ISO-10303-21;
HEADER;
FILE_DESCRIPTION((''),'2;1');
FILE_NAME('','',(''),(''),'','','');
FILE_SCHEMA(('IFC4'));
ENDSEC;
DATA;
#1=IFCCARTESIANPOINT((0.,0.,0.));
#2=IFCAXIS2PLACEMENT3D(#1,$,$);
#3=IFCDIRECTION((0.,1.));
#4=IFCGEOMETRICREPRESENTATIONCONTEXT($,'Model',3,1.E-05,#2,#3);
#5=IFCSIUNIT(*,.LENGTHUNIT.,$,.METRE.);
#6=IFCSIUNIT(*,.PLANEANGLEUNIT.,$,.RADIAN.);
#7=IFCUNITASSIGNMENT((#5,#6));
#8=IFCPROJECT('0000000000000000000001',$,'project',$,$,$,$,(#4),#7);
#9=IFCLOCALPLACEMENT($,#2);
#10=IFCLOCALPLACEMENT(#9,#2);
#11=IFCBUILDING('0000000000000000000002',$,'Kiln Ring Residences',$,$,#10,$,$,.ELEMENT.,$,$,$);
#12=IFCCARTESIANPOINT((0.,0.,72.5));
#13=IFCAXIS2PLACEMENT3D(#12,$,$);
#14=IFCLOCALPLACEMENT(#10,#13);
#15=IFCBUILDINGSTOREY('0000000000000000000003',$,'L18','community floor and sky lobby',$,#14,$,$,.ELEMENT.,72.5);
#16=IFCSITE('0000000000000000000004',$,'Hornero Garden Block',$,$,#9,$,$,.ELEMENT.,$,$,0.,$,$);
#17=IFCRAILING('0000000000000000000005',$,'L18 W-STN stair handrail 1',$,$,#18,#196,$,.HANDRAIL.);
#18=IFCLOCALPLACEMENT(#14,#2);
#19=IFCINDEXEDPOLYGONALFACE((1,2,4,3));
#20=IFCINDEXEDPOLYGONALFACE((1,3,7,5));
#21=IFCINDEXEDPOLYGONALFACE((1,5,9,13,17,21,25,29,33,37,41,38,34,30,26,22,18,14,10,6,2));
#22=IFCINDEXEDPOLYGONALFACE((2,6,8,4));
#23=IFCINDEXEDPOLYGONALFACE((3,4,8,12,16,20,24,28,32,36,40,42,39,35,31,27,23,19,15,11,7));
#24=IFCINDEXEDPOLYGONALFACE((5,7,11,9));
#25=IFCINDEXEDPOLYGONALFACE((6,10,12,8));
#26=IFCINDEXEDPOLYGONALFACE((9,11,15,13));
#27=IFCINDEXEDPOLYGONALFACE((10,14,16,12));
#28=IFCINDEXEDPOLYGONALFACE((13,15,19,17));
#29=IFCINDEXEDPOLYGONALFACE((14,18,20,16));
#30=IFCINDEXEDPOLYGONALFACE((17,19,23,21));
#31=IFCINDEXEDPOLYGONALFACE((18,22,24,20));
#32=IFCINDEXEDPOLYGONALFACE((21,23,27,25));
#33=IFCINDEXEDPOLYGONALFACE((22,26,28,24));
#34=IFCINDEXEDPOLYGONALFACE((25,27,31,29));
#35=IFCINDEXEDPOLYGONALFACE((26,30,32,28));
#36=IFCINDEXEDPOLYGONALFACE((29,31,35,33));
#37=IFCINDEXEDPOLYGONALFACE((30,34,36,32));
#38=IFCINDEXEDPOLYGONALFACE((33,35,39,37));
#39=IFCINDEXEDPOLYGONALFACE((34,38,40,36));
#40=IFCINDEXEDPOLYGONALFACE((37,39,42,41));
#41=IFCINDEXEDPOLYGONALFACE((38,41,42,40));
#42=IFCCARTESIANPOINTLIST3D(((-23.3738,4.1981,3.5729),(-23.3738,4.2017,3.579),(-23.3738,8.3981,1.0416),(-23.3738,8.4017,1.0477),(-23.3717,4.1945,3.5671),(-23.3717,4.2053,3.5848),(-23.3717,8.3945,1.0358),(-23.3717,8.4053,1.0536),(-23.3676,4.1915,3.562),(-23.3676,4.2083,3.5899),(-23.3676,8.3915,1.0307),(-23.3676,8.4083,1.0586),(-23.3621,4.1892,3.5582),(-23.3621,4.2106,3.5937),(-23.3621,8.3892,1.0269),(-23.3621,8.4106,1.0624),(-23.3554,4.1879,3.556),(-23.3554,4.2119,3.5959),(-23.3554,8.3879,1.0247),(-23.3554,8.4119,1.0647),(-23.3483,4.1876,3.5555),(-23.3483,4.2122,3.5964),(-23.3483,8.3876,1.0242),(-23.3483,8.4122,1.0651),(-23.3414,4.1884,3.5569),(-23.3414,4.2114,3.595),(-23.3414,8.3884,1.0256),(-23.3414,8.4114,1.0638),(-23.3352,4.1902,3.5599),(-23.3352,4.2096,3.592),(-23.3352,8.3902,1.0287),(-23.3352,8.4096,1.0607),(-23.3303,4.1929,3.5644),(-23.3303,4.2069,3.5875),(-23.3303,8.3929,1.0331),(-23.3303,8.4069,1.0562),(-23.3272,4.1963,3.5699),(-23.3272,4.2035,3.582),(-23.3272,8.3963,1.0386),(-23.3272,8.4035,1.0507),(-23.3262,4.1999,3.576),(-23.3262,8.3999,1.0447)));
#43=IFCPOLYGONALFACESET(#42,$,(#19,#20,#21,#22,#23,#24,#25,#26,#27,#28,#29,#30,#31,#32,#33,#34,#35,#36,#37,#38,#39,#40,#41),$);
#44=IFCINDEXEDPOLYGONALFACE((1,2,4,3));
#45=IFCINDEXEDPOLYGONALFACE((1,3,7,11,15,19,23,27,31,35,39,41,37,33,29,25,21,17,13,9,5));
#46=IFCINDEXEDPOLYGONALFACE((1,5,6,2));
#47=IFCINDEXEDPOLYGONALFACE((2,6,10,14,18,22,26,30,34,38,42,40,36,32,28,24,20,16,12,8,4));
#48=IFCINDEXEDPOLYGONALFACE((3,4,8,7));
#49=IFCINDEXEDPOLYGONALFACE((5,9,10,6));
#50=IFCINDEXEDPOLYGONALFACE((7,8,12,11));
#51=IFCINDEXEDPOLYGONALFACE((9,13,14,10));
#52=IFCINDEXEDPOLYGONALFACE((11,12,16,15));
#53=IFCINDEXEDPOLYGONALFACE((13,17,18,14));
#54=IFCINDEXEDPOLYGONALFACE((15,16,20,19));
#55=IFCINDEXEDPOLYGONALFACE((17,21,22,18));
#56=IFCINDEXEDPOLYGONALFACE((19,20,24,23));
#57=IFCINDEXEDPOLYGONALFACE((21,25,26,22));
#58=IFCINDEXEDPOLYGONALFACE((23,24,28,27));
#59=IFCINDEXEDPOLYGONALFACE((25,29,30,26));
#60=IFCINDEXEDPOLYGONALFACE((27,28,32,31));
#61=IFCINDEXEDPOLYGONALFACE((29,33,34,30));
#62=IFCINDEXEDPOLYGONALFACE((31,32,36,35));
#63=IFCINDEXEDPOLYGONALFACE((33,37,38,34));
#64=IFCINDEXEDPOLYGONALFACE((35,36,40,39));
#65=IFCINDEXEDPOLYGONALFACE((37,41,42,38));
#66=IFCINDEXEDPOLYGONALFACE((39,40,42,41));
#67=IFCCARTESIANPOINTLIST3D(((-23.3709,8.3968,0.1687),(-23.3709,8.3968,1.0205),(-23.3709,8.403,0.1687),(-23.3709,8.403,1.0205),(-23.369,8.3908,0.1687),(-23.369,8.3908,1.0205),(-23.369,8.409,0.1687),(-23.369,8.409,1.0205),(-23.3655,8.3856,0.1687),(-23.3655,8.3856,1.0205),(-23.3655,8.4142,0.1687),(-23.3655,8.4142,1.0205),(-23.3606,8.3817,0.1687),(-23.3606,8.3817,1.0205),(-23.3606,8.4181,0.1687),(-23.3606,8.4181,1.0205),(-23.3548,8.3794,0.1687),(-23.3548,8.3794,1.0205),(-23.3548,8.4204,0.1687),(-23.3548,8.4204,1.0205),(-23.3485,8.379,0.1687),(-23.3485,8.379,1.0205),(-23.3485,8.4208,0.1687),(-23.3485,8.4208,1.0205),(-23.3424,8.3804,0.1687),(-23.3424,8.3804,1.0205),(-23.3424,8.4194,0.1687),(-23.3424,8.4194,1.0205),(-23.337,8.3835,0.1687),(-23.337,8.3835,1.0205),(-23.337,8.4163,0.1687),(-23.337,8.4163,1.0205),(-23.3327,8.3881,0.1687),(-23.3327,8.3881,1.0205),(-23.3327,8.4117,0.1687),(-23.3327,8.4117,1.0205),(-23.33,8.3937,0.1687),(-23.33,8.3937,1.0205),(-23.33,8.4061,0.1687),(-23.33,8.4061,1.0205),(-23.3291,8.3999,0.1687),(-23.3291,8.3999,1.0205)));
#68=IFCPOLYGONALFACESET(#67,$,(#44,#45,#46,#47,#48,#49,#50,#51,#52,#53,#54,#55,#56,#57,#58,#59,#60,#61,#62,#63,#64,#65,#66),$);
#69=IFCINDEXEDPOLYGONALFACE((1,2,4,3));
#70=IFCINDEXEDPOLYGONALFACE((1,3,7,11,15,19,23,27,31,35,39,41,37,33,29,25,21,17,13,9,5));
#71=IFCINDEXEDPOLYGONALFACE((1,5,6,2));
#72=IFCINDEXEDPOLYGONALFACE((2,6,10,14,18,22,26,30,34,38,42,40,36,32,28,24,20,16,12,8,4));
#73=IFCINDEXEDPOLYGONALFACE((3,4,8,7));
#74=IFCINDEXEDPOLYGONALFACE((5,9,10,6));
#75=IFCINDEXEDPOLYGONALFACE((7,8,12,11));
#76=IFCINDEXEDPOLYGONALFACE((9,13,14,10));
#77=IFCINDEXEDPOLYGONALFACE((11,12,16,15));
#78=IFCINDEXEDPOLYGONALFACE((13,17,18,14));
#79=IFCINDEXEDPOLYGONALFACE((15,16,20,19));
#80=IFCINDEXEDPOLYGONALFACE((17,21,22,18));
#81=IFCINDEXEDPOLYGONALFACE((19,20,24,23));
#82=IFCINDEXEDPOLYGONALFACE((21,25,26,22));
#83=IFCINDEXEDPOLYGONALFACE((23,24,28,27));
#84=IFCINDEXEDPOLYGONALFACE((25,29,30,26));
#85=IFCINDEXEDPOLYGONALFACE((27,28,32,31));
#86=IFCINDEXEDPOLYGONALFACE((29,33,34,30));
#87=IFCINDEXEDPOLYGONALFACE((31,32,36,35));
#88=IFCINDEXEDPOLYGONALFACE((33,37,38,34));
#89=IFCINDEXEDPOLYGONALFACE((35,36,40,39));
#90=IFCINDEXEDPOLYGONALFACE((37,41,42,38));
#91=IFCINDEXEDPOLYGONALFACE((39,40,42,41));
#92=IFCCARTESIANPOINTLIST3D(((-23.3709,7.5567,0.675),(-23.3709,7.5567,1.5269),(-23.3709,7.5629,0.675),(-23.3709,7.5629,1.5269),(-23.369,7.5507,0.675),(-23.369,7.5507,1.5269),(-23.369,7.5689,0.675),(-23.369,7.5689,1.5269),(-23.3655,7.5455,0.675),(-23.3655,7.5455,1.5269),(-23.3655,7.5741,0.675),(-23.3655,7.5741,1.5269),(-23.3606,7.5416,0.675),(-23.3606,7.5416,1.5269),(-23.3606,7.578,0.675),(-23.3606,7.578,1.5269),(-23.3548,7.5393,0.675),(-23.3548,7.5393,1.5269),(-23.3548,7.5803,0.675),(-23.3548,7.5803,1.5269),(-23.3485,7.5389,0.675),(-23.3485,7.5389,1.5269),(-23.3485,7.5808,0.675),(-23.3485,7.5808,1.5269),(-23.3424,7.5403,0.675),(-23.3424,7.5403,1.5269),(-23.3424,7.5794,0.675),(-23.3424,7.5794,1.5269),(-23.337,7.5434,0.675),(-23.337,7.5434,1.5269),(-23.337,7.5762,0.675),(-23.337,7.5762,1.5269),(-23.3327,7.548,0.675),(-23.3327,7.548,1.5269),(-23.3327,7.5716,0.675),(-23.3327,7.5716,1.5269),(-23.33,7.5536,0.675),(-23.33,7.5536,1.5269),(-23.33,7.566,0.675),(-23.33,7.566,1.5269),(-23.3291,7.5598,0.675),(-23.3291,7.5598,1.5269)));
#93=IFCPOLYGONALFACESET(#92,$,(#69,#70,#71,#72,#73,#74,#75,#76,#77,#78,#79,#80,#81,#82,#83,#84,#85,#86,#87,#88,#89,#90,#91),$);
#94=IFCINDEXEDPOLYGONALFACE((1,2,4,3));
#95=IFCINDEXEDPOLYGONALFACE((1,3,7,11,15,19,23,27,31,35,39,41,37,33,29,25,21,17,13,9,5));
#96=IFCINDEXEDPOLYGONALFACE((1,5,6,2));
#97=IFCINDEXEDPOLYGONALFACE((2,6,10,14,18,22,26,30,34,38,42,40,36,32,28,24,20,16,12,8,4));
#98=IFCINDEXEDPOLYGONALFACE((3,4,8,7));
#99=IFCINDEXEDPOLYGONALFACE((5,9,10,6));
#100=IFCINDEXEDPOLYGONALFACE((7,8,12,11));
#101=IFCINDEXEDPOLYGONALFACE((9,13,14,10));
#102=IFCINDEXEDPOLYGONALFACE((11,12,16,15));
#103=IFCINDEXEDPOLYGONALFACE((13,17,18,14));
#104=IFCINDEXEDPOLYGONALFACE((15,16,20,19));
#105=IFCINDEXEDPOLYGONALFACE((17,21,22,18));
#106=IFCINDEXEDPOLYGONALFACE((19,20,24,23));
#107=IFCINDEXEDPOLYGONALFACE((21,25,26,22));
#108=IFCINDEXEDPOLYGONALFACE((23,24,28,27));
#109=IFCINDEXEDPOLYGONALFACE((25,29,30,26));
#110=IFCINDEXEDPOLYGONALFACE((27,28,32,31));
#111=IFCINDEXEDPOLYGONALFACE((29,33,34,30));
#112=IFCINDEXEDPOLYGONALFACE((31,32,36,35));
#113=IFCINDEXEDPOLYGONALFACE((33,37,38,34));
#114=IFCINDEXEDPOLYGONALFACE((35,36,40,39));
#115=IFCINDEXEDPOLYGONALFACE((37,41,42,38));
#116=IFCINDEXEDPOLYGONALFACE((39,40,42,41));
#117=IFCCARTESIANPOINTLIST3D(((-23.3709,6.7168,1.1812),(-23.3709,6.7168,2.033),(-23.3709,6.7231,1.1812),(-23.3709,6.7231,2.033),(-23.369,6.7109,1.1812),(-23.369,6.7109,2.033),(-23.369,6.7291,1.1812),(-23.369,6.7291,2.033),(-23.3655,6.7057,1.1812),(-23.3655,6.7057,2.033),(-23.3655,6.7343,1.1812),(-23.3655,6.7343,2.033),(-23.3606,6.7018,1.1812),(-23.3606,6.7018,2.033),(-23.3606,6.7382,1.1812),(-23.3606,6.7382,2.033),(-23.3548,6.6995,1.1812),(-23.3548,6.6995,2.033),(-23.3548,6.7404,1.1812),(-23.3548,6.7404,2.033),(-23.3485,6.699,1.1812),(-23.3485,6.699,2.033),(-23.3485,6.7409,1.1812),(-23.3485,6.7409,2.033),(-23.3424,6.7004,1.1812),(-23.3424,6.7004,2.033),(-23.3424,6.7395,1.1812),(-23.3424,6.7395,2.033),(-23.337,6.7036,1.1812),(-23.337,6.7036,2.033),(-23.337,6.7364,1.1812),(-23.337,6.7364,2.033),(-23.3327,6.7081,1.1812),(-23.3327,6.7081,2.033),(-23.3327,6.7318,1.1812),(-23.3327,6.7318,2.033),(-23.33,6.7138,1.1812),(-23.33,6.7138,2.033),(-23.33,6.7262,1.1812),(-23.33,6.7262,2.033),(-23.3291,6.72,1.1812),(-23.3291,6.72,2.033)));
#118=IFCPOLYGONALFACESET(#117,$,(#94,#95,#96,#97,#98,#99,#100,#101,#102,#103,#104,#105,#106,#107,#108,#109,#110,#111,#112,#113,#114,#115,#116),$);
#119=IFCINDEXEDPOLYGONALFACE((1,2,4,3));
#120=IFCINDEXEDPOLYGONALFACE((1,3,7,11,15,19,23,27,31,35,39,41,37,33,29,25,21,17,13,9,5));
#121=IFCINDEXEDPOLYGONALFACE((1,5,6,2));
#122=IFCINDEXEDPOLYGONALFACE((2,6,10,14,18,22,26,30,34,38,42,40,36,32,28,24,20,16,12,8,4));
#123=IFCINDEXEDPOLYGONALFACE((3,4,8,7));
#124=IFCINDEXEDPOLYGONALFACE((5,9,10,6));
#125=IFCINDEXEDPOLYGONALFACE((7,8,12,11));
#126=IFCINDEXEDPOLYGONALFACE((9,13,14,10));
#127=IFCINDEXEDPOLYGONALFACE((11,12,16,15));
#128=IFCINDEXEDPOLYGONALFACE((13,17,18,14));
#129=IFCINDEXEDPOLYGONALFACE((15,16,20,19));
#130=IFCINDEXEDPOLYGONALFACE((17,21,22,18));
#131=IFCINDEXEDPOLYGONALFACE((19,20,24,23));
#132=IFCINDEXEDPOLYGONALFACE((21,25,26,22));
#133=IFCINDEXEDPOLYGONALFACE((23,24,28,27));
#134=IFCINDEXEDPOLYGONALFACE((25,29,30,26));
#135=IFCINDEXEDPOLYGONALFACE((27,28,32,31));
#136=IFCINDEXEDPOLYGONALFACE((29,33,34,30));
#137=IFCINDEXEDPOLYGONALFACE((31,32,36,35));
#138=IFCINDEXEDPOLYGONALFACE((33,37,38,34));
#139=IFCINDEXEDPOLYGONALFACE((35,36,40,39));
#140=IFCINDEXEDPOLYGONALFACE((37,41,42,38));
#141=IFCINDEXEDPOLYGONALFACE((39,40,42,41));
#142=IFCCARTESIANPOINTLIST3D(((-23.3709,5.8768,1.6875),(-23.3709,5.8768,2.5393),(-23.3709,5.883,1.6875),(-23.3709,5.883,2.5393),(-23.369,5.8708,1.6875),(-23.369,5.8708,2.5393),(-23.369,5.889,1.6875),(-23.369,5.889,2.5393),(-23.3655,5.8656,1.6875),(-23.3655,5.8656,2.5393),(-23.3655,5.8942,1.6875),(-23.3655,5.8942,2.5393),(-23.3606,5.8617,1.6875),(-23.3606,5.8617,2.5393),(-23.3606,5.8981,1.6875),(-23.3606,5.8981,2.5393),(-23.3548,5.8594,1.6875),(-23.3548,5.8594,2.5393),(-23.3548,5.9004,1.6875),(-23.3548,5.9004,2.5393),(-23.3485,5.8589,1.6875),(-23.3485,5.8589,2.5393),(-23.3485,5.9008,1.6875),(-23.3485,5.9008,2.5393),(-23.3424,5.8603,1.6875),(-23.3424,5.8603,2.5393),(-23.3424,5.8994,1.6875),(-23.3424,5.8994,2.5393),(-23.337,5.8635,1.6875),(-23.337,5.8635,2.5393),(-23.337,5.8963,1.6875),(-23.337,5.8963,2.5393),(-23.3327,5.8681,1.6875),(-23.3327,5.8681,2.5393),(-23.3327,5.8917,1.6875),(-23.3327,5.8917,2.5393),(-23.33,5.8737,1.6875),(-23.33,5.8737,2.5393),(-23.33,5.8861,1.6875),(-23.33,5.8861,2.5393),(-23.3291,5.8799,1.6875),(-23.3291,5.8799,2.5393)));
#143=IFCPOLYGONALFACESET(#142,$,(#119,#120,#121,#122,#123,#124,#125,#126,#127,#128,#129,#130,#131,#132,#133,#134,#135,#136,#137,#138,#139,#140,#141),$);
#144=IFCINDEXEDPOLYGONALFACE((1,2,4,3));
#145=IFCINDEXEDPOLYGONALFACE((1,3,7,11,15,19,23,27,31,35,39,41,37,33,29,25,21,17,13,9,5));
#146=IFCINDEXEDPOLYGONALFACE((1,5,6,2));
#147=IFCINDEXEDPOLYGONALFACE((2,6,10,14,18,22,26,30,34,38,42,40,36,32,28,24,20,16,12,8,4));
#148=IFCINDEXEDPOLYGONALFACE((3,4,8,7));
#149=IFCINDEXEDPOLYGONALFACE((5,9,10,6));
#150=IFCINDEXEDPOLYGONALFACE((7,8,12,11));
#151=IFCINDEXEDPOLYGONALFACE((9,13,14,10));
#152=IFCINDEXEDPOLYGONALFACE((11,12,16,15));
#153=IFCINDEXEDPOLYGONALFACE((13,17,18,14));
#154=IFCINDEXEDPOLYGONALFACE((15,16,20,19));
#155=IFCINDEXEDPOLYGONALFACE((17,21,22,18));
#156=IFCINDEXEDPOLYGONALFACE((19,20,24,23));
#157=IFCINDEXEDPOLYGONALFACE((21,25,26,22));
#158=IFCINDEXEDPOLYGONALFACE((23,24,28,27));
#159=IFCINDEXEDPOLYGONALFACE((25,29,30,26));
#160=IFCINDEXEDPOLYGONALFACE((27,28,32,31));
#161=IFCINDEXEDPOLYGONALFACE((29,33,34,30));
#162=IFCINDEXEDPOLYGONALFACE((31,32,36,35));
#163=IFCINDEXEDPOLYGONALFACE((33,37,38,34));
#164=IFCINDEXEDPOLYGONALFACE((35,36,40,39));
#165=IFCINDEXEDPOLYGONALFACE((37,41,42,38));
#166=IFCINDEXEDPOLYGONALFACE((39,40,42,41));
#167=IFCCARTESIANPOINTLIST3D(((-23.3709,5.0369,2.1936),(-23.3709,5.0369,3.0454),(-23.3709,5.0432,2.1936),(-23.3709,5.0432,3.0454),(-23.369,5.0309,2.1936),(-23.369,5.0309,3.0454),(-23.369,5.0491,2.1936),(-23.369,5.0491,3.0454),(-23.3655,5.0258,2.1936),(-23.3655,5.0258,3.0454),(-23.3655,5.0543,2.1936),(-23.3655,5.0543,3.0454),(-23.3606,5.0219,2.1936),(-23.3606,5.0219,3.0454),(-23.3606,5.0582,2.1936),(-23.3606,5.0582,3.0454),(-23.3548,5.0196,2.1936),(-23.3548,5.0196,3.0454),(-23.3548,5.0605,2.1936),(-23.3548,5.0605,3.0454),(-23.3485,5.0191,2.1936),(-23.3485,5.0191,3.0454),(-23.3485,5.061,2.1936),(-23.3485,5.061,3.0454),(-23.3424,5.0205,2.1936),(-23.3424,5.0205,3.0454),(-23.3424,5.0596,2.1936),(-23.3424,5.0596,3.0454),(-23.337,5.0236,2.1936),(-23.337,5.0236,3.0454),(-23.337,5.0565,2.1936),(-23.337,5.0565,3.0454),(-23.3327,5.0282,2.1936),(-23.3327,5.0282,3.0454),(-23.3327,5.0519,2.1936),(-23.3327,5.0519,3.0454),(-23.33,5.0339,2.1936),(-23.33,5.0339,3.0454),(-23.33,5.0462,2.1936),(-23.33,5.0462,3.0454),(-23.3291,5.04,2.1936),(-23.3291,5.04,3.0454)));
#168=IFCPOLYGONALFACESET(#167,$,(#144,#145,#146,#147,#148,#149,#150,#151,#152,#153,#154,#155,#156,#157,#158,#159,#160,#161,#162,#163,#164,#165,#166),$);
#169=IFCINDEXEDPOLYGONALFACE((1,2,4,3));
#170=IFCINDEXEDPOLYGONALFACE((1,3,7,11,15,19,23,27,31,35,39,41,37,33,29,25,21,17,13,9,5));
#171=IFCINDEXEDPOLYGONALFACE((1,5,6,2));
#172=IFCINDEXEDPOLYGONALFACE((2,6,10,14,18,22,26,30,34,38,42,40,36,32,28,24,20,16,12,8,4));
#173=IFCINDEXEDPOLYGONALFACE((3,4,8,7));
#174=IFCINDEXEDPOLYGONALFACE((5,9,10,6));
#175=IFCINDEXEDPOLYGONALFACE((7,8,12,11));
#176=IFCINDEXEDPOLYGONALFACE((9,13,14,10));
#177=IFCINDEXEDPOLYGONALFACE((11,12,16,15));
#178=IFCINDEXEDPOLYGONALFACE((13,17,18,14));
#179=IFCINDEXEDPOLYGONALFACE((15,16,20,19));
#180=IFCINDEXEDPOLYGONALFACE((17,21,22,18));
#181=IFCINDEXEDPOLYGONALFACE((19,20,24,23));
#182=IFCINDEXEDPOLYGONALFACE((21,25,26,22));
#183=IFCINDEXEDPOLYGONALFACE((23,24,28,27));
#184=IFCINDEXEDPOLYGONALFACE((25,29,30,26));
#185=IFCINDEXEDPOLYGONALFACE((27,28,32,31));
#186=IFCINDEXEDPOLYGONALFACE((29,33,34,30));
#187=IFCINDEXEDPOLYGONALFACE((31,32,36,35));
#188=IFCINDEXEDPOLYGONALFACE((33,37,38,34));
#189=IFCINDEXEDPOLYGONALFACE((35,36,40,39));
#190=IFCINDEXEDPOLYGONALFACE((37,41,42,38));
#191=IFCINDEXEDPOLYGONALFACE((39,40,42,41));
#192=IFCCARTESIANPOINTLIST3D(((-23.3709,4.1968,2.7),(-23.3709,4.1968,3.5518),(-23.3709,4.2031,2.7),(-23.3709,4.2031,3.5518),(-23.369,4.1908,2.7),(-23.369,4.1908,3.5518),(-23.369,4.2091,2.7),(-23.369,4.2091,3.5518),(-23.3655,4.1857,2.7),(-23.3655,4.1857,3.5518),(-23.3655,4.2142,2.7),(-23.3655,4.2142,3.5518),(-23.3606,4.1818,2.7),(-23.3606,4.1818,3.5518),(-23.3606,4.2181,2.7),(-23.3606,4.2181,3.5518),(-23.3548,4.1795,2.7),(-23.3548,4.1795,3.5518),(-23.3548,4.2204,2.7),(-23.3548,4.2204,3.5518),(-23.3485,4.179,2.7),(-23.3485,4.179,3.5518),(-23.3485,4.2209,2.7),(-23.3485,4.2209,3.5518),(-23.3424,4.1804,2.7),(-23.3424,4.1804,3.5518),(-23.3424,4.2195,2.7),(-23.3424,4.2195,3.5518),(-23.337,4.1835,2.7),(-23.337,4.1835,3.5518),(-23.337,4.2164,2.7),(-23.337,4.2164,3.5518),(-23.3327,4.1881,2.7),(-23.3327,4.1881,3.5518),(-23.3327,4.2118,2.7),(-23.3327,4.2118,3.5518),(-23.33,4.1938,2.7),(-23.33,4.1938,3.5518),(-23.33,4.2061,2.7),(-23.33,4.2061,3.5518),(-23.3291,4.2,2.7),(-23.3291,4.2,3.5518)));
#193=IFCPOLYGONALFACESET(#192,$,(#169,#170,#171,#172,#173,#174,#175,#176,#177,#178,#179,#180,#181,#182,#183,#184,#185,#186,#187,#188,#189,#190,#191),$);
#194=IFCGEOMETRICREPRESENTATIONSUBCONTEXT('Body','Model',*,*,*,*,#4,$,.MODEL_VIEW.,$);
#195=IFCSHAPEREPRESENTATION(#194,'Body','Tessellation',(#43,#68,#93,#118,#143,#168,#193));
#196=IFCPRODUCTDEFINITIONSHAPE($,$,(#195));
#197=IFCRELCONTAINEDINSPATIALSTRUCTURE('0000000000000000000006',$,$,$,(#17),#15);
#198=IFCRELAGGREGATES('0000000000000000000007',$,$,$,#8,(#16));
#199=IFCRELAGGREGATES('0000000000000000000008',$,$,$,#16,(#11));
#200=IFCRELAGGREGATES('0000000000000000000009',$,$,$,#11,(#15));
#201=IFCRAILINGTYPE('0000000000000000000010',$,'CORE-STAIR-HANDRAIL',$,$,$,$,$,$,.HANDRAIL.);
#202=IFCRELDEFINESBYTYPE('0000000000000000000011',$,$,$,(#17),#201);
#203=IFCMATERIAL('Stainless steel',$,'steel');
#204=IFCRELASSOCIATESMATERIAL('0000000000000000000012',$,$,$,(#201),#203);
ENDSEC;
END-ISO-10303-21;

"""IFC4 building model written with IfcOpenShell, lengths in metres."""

from ifc_helpers import new_model, si_unit, direction, frame, origin, origin_2d, place, context, subcontext, project, spatial, circle, extrude, material, type_object, element, save


model = new_model("IFC4")

# Units and contexts
model_context = context("Model", 3, precision=1e-05, world=origin(), true_north=direction((0.0, 1.0)))
body_context = subcontext(model_context, "Body", "Model", "MODEL_VIEW")
ifc_project = project(units=[si_unit("LENGTHUNIT", "METRE"), si_unit("PLANEANGLEUNIT", "RADIAN")], contexts=[model_context])

# Site, building, storey
site_placement = place(None, origin())
site = spatial("IfcSite", under=ifc_project, at=site_placement, Name="Hornero Garden Block", CompositionType="ELEMENT", RefElevation=0.0)
building_placement = place(site_placement, origin())
building = spatial("IfcBuilding", under=site, at=building_placement, Name="Kiln Ring Residences", CompositionType="ELEMENT")
storey_placement = place(building_placement, frame((0.0, 0.0, 72.5)))
storey = spatial("IfcBuildingStorey", under=building, at=storey_placement, Name="L18", Description="community floor and sky lobby", CompositionType="ELEMENT", Elevation=72.5)

# Railing
ifc_material_1 = material(Name="Stainless steel", Category="steel")
railing_type_1 = type_object("IfcRailingType", Name="CORE-STAIR-HANDRAIL", PredefinedType="HANDRAIL", material=ifc_material_1)
railing_1_placement = place(storey_placement, frame((-23.3501, 8.3999, 0.1687)))
element("IfcRailing", 1, at=railing_1_placement, inside=storey, type_object=railing_type_1, Name="L18 W-STN stair handrail 1", PredefinedType="HANDRAIL", context=body_context, shape_type="SweptSolid", body=[
    extrude(circle(Radius=0.0239, at=origin_2d()), frame((0.0, 0.0, 0.876), z_axis=(0.0, -0.856476, 0.516186), x_axis=(1.0, 0.0, 0.0)), (0.0, 0.0, 1.0), 4.9038),
    extrude(circle(Radius=0.021, at=origin_2d()), origin(), (0.0, 0.0, 1.0), 0.8518),
    extrude(circle(Radius=0.021, at=origin_2d()), frame((0.0, -0.8401, 0.5063)), (0.0, 0.0, 1.0), 0.8518),
    extrude(circle(Radius=0.021, at=origin_2d()), frame((0.0, -1.6799, 1.0125)), (0.0, 0.0, 1.0), 0.8518),
    extrude(circle(Radius=0.021, at=origin_2d()), frame((0.0, -2.52, 1.5188)), (0.0, 0.0, 1.0), 0.8518),
    extrude(circle(Radius=0.021, at=origin_2d()), frame((0.0, -3.3599, 2.0249)), (0.0, 0.0, 1.0), 0.8518),
    extrude(circle(Radius=0.021, at=origin_2d()), frame((0.0, -4.2, 2.5312)), (0.0, 0.0, 1.0), 0.8518),
])

save(model, "model.ifc")
